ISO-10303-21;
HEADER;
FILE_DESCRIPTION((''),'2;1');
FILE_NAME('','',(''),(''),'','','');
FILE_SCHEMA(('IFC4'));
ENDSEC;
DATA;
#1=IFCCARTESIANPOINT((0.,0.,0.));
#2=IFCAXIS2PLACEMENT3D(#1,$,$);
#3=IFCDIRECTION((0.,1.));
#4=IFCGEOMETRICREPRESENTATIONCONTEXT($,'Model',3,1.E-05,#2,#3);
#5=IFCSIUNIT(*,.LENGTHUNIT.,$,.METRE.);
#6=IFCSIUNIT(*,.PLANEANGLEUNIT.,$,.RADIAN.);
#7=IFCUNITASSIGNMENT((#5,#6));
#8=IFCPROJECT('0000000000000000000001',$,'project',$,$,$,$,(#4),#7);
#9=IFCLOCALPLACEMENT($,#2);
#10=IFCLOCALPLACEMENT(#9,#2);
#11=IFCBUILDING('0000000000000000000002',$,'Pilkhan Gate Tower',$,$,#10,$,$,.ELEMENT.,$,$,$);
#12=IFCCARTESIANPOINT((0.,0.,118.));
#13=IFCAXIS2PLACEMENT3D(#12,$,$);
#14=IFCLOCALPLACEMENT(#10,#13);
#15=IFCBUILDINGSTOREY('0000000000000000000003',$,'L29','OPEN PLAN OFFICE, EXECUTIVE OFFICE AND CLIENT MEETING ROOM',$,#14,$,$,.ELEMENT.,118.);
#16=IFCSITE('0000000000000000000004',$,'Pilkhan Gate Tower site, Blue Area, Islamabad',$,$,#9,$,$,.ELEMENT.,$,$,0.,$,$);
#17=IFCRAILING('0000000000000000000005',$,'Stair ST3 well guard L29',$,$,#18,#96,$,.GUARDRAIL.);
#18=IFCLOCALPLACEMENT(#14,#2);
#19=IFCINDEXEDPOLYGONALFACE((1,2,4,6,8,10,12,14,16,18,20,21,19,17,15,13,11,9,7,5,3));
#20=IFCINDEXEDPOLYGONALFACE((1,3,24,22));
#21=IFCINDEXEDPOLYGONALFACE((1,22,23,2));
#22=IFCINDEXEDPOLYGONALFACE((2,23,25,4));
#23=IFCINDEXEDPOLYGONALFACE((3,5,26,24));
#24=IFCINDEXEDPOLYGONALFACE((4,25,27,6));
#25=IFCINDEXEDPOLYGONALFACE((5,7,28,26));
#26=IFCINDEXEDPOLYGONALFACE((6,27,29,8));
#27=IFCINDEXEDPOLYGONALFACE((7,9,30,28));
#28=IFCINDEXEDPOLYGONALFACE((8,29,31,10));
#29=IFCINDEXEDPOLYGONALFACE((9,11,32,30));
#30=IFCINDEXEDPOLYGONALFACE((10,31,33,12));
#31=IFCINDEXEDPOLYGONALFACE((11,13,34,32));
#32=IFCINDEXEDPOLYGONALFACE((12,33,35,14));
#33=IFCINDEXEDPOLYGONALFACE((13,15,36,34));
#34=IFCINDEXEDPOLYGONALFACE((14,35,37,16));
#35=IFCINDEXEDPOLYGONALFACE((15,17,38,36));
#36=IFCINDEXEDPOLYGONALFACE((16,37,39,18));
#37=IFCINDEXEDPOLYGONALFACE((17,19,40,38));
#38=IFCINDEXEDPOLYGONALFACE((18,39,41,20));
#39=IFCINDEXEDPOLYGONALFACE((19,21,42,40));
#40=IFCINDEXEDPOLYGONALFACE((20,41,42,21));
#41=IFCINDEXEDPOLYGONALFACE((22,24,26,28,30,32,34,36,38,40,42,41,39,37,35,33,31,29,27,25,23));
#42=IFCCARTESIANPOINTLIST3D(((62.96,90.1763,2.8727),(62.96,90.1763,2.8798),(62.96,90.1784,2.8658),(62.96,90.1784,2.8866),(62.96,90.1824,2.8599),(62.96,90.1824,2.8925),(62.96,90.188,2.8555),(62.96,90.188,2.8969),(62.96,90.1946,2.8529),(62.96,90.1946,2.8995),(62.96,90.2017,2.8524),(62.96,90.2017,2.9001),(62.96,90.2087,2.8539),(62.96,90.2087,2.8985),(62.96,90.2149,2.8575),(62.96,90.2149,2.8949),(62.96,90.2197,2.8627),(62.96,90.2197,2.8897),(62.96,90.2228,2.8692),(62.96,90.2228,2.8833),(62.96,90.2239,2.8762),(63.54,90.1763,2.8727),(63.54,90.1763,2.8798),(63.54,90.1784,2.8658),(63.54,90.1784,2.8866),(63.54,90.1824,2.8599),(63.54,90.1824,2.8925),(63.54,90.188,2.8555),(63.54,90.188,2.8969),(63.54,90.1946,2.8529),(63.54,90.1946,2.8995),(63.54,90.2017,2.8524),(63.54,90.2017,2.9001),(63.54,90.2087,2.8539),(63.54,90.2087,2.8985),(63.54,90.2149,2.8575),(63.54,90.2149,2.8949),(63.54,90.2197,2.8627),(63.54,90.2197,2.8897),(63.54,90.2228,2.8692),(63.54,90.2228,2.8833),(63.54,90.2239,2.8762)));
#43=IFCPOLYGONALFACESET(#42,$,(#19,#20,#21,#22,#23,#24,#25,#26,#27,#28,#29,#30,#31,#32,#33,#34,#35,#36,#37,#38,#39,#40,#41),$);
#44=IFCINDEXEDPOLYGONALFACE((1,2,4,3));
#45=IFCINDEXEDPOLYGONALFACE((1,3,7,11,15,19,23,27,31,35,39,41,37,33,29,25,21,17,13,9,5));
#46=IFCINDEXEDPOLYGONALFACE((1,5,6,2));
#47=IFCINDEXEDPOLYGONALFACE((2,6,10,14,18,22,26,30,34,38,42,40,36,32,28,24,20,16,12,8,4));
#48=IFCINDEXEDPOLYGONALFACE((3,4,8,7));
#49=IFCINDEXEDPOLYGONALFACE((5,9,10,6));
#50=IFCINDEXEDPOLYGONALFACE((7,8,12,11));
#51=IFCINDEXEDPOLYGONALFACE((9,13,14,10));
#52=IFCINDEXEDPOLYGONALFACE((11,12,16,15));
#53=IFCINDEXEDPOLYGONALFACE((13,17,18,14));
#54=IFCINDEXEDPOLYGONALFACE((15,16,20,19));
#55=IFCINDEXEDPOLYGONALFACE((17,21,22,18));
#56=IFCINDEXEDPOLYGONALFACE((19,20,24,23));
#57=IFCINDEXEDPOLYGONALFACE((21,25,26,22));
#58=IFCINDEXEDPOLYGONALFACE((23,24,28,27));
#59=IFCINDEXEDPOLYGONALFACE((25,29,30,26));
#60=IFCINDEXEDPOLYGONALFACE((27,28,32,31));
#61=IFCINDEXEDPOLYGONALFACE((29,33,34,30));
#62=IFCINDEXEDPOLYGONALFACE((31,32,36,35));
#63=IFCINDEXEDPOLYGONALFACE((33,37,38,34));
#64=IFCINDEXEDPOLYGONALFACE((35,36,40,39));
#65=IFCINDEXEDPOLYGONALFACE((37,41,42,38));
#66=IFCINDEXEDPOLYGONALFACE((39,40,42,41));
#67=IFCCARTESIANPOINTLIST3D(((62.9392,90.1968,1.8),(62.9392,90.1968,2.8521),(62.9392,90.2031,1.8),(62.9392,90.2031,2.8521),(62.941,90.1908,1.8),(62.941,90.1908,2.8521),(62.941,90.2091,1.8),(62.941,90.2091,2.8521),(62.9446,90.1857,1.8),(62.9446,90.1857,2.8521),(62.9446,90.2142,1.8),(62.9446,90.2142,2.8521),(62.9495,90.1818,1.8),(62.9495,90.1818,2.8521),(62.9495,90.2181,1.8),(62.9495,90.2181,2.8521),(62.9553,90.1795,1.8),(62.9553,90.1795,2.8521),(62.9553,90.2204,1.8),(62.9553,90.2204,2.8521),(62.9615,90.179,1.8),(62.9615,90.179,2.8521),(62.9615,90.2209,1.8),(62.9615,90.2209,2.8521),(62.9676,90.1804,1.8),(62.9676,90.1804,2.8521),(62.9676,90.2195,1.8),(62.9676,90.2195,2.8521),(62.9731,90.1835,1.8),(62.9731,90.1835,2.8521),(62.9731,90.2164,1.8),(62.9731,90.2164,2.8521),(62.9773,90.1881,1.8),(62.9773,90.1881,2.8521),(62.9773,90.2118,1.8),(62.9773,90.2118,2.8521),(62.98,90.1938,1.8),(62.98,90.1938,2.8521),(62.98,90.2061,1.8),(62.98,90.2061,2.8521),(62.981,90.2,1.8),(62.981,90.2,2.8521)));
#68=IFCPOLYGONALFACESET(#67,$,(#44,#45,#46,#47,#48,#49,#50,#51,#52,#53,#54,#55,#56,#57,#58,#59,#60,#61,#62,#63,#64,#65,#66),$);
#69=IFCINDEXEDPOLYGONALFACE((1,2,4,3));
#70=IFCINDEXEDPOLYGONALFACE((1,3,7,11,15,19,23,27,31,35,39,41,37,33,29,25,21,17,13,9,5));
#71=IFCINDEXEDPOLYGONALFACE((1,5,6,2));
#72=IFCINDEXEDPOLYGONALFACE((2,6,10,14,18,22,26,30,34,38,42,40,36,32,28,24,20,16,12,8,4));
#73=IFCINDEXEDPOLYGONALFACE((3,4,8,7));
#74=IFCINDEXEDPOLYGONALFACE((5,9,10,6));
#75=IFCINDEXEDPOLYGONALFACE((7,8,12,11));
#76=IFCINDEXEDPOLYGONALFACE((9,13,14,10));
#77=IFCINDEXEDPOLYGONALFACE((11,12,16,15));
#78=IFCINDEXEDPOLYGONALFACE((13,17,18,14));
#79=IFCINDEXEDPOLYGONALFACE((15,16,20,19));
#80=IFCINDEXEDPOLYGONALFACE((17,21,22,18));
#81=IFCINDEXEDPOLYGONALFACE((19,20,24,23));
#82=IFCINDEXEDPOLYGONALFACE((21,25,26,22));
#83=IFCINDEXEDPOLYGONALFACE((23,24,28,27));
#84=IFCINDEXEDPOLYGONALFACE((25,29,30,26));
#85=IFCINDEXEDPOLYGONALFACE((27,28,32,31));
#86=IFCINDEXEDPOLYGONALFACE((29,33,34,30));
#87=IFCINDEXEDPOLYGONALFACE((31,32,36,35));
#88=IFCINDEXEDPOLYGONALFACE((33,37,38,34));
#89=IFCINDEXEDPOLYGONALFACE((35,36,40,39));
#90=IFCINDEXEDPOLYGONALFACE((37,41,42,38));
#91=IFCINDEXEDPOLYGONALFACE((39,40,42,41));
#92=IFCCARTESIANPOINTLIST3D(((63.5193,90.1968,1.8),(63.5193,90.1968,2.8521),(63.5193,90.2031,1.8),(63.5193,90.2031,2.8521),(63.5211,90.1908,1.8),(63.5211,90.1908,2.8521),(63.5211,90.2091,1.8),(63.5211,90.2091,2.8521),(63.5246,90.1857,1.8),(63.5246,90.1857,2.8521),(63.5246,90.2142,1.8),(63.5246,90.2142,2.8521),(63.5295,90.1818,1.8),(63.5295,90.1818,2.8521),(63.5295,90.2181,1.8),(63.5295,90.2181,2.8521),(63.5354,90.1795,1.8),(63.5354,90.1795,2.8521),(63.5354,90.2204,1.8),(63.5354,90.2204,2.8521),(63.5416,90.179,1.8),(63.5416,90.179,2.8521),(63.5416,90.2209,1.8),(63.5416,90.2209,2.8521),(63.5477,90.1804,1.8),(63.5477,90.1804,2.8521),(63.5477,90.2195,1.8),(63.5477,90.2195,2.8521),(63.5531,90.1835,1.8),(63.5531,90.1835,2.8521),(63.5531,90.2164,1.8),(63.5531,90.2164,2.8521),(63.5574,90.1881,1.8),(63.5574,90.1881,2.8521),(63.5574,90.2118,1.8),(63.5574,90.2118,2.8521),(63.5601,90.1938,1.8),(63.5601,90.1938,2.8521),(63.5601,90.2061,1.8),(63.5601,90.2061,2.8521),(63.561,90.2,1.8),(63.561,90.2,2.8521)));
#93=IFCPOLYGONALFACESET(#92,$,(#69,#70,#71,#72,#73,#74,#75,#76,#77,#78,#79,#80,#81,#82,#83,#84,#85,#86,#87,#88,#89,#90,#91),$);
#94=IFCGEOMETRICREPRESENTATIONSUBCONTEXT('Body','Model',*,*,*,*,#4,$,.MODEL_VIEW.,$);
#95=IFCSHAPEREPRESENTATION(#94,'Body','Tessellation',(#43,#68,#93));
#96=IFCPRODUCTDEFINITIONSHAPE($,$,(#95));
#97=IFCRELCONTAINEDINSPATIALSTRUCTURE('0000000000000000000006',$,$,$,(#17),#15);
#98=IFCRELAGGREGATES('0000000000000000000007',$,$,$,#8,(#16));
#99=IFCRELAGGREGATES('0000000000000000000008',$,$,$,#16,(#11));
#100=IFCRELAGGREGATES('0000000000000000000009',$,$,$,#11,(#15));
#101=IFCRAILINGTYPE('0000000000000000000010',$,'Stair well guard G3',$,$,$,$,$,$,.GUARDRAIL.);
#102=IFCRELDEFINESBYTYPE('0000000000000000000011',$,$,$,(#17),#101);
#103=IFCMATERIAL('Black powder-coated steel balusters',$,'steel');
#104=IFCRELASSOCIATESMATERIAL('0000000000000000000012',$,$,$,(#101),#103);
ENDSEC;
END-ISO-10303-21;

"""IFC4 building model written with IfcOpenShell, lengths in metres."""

from ifc_helpers import new_model, si_unit, direction, frame, origin, origin_2d, place, context, subcontext, project, spatial, circle, extrude, material, type_object, element, save


model = new_model("IFC4")

# Units and contexts
model_context = context("Model", 3, precision=1e-05, world=origin(), true_north=direction((0.0, 1.0)))
body_context = subcontext(model_context, "Body", "Model", "MODEL_VIEW")
ifc_project = project(units=[si_unit("LENGTHUNIT", "METRE"), si_unit("PLANEANGLEUNIT", "RADIAN")], contexts=[model_context])

# Site, building, storey
site_placement = place(None, origin())
site = spatial("IfcSite", under=ifc_project, at=site_placement, Name="Pilkhan Gate Tower site, Blue Area, Islamabad", CompositionType="ELEMENT", RefElevation=0.0)
building_placement = place(site_placement, origin())
building = spatial("IfcBuilding", under=site, at=building_placement, Name="Pilkhan Gate Tower", CompositionType="ELEMENT")
storey_placement = place(building_placement, frame((0.0, 0.0, 118.0)))
storey = spatial("IfcBuildingStorey", under=building, at=storey_placement, Name="L29", Description="OPEN PLAN OFFICE, EXECUTIVE OFFICE AND CLIENT MEETING ROOM", CompositionType="ELEMENT", Elevation=118.0)

# Railing
ifc_material_1 = material(Name="Black powder-coated steel balusters", Category="steel")
railing_type_1 = type_object("IfcRailingType", Name="Stair well guard G3", PredefinedType="GUARDRAIL", material=ifc_material_1)
for number, where, name in (
    (1, (62.96, 90.2, 1.8), "Stair ST3 well guard L29"),
):
    element("IfcRailing", number, at=place(storey_placement, frame(where)), inside=storey, type_object=railing_type_1, Name=name, PredefinedType="GUARDRAIL", context=body_context, shape_type="SweptSolid", body=[
        extrude(circle(Radius=0.0239, at=origin_2d()), frame((0.0, 0.0, 1.0762), z_axis=(1.0, 0.0, 0.0), x_axis=(0.0, 1.0, 0.0)), (0.0, 0.0, 1.0), 0.5801),
        extrude(circle(Radius=0.021, at=origin_2d()), origin(), (0.0, 0.0, 1.0), 1.052),
        extrude(circle(Radius=0.021, at=origin_2d()), frame((0.5801, 0.0, 0.0)), (0.0, 0.0, 1.0), 1.052),
    ])

save(model, "model.ifc")
